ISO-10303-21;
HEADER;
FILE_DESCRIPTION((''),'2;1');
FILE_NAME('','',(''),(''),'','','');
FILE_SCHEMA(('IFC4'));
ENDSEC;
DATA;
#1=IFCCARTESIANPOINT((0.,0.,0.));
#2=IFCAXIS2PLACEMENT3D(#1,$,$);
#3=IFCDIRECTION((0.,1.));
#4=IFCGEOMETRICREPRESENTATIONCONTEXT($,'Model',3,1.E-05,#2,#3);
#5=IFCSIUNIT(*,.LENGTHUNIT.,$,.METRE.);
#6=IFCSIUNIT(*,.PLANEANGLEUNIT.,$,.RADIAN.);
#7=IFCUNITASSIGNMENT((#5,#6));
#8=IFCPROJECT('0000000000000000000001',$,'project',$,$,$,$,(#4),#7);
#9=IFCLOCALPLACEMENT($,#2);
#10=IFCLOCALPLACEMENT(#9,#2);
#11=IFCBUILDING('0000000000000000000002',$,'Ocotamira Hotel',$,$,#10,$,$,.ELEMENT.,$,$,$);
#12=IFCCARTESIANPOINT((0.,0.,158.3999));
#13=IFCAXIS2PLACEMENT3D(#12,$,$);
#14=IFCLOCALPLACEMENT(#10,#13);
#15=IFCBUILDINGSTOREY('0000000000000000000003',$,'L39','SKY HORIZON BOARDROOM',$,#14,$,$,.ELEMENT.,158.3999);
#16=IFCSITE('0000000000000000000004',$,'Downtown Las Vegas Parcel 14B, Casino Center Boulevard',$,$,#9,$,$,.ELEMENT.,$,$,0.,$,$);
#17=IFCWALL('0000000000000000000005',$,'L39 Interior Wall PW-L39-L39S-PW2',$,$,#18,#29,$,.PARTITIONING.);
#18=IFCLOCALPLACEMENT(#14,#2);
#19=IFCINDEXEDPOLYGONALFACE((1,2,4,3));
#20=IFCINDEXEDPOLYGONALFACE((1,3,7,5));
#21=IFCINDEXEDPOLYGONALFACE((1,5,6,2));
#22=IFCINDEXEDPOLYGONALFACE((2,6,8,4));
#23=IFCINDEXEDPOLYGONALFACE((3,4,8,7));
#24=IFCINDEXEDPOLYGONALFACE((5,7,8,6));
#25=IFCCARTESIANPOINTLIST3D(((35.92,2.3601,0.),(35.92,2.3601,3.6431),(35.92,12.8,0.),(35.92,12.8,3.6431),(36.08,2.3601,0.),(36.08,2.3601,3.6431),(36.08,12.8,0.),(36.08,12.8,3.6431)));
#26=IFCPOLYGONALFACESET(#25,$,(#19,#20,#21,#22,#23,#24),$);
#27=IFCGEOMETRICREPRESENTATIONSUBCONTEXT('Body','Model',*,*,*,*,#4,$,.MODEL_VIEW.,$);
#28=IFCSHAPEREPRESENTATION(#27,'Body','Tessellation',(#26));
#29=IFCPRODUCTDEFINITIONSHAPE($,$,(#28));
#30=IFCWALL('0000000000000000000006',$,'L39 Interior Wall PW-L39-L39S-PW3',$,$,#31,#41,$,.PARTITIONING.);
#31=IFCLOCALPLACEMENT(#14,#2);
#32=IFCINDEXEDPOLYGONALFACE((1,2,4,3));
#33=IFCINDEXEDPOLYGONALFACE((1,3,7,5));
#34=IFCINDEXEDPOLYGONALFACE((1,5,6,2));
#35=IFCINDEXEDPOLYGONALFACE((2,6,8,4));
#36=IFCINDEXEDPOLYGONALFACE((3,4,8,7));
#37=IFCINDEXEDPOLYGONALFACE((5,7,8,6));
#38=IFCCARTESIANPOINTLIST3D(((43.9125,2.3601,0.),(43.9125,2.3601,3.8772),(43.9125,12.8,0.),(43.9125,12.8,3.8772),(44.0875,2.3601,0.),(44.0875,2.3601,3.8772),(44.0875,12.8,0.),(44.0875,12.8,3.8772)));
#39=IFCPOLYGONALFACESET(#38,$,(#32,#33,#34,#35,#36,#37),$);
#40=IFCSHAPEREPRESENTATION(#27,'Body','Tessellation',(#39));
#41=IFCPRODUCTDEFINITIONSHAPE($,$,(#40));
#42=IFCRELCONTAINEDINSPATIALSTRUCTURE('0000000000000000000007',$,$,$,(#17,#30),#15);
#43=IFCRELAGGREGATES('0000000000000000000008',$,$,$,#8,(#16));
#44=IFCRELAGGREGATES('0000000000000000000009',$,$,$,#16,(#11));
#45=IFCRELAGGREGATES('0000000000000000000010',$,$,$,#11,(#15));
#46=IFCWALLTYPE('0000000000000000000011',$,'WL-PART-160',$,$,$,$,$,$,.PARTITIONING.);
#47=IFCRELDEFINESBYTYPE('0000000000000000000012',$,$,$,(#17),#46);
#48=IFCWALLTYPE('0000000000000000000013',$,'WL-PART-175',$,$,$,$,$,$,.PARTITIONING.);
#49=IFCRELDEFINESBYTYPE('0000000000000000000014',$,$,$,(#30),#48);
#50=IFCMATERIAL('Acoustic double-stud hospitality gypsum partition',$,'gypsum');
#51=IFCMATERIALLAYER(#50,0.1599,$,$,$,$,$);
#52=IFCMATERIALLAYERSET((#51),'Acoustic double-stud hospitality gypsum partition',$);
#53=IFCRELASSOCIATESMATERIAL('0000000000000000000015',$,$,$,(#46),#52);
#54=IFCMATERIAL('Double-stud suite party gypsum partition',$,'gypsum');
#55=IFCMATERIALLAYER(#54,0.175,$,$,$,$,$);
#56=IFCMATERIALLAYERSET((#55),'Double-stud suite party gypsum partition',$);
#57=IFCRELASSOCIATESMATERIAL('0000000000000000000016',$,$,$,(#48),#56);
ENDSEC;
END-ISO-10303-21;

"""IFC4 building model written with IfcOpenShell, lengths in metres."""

from ifc_helpers import new_model, si_unit, direction, frame, frame_2d, origin, place, context, subcontext, project, spatial, rectangle, extrude, material, layer, layer_set, type_object, element, save


model = new_model("IFC4")

# Units and contexts
model_context = context("Model", 3, precision=1e-05, world=origin(), true_north=direction((0.0, 1.0)))
body_context = subcontext(model_context, "Body", "Model", "MODEL_VIEW")
ifc_project = project(units=[si_unit("LENGTHUNIT", "METRE"), si_unit("PLANEANGLEUNIT", "RADIAN")], contexts=[model_context])

# Site, building, storey
site_placement = place(None, origin())
site = spatial("IfcSite", under=ifc_project, at=site_placement, Name="Downtown Las Vegas Parcel 14B, Casino Center Boulevard", CompositionType="ELEMENT", RefElevation=0.0)
building_placement = place(site_placement, origin())
building = spatial("IfcBuilding", under=site, at=building_placement, Name="Ocotamira Hotel", CompositionType="ELEMENT")
storey_placement = place(building_placement, frame((0.0, 0.0, 158.3999)))
storey = spatial("IfcBuildingStorey", under=building, at=storey_placement, Name="L39", Description="SKY HORIZON BOARDROOM", CompositionType="ELEMENT", Elevation=158.3999)

# Walls
ifc_material_1 = material(Name="Acoustic double-stud hospitality gypsum partition", Category="gypsum")
ifc_layer_1 = layer(ifc_material_1, 0.1599)
ifc_layer_set_1 = layer_set([ifc_layer_1], Name="Acoustic double-stud hospitality gypsum partition")
wall_type_1 = type_object("IfcWallType", Name="WL-PART-160", PredefinedType="PARTITIONING", material=ifc_layer_set_1)
wall_1_placement = place(storey_placement, frame((36.0, 2.3601, 0.0), z_axis=(0.0, 0.0, 1.0), x_axis=(0.0, 1.0, 0.0)))
element("IfcWall", 1, at=wall_1_placement, inside=storey, type_object=wall_type_1, Name="L39 Interior Wall PW-L39-L39S-PW2", PredefinedType="PARTITIONING", context=body_context, shape_type="SweptSolid", body=[
    extrude(rectangle(XDim=10.4399, YDim=0.1599, at=frame_2d((5.22, 0.0))), origin(), (0.0, 0.0, 1.0), 3.6431),
])
ifc_material_2 = material(Name="Double-stud suite party gypsum partition", Category="gypsum")
ifc_layer_2 = layer(ifc_material_2, 0.175)
ifc_layer_set_2 = layer_set([ifc_layer_2], Name="Double-stud suite party gypsum partition")
wall_type_2 = type_object("IfcWallType", Name="WL-PART-175", PredefinedType="PARTITIONING", material=ifc_layer_set_2)
wall_2_placement = place(storey_placement, frame((44.0, 2.3601, 0.0), z_axis=(0.0, 0.0, 1.0), x_axis=(0.0, 1.0, 0.0)))
element("IfcWall", 2, at=wall_2_placement, inside=storey, type_object=wall_type_2, Name="L39 Interior Wall PW-L39-L39S-PW3", PredefinedType="PARTITIONING", context=body_context, shape_type="SweptSolid", body=[
    extrude(rectangle(XDim=10.4399, YDim=0.175, at=frame_2d((5.22, 0.0))), origin(), (0.0, 0.0, 1.0), 3.8772),
])

save(model, "model.ifc")
